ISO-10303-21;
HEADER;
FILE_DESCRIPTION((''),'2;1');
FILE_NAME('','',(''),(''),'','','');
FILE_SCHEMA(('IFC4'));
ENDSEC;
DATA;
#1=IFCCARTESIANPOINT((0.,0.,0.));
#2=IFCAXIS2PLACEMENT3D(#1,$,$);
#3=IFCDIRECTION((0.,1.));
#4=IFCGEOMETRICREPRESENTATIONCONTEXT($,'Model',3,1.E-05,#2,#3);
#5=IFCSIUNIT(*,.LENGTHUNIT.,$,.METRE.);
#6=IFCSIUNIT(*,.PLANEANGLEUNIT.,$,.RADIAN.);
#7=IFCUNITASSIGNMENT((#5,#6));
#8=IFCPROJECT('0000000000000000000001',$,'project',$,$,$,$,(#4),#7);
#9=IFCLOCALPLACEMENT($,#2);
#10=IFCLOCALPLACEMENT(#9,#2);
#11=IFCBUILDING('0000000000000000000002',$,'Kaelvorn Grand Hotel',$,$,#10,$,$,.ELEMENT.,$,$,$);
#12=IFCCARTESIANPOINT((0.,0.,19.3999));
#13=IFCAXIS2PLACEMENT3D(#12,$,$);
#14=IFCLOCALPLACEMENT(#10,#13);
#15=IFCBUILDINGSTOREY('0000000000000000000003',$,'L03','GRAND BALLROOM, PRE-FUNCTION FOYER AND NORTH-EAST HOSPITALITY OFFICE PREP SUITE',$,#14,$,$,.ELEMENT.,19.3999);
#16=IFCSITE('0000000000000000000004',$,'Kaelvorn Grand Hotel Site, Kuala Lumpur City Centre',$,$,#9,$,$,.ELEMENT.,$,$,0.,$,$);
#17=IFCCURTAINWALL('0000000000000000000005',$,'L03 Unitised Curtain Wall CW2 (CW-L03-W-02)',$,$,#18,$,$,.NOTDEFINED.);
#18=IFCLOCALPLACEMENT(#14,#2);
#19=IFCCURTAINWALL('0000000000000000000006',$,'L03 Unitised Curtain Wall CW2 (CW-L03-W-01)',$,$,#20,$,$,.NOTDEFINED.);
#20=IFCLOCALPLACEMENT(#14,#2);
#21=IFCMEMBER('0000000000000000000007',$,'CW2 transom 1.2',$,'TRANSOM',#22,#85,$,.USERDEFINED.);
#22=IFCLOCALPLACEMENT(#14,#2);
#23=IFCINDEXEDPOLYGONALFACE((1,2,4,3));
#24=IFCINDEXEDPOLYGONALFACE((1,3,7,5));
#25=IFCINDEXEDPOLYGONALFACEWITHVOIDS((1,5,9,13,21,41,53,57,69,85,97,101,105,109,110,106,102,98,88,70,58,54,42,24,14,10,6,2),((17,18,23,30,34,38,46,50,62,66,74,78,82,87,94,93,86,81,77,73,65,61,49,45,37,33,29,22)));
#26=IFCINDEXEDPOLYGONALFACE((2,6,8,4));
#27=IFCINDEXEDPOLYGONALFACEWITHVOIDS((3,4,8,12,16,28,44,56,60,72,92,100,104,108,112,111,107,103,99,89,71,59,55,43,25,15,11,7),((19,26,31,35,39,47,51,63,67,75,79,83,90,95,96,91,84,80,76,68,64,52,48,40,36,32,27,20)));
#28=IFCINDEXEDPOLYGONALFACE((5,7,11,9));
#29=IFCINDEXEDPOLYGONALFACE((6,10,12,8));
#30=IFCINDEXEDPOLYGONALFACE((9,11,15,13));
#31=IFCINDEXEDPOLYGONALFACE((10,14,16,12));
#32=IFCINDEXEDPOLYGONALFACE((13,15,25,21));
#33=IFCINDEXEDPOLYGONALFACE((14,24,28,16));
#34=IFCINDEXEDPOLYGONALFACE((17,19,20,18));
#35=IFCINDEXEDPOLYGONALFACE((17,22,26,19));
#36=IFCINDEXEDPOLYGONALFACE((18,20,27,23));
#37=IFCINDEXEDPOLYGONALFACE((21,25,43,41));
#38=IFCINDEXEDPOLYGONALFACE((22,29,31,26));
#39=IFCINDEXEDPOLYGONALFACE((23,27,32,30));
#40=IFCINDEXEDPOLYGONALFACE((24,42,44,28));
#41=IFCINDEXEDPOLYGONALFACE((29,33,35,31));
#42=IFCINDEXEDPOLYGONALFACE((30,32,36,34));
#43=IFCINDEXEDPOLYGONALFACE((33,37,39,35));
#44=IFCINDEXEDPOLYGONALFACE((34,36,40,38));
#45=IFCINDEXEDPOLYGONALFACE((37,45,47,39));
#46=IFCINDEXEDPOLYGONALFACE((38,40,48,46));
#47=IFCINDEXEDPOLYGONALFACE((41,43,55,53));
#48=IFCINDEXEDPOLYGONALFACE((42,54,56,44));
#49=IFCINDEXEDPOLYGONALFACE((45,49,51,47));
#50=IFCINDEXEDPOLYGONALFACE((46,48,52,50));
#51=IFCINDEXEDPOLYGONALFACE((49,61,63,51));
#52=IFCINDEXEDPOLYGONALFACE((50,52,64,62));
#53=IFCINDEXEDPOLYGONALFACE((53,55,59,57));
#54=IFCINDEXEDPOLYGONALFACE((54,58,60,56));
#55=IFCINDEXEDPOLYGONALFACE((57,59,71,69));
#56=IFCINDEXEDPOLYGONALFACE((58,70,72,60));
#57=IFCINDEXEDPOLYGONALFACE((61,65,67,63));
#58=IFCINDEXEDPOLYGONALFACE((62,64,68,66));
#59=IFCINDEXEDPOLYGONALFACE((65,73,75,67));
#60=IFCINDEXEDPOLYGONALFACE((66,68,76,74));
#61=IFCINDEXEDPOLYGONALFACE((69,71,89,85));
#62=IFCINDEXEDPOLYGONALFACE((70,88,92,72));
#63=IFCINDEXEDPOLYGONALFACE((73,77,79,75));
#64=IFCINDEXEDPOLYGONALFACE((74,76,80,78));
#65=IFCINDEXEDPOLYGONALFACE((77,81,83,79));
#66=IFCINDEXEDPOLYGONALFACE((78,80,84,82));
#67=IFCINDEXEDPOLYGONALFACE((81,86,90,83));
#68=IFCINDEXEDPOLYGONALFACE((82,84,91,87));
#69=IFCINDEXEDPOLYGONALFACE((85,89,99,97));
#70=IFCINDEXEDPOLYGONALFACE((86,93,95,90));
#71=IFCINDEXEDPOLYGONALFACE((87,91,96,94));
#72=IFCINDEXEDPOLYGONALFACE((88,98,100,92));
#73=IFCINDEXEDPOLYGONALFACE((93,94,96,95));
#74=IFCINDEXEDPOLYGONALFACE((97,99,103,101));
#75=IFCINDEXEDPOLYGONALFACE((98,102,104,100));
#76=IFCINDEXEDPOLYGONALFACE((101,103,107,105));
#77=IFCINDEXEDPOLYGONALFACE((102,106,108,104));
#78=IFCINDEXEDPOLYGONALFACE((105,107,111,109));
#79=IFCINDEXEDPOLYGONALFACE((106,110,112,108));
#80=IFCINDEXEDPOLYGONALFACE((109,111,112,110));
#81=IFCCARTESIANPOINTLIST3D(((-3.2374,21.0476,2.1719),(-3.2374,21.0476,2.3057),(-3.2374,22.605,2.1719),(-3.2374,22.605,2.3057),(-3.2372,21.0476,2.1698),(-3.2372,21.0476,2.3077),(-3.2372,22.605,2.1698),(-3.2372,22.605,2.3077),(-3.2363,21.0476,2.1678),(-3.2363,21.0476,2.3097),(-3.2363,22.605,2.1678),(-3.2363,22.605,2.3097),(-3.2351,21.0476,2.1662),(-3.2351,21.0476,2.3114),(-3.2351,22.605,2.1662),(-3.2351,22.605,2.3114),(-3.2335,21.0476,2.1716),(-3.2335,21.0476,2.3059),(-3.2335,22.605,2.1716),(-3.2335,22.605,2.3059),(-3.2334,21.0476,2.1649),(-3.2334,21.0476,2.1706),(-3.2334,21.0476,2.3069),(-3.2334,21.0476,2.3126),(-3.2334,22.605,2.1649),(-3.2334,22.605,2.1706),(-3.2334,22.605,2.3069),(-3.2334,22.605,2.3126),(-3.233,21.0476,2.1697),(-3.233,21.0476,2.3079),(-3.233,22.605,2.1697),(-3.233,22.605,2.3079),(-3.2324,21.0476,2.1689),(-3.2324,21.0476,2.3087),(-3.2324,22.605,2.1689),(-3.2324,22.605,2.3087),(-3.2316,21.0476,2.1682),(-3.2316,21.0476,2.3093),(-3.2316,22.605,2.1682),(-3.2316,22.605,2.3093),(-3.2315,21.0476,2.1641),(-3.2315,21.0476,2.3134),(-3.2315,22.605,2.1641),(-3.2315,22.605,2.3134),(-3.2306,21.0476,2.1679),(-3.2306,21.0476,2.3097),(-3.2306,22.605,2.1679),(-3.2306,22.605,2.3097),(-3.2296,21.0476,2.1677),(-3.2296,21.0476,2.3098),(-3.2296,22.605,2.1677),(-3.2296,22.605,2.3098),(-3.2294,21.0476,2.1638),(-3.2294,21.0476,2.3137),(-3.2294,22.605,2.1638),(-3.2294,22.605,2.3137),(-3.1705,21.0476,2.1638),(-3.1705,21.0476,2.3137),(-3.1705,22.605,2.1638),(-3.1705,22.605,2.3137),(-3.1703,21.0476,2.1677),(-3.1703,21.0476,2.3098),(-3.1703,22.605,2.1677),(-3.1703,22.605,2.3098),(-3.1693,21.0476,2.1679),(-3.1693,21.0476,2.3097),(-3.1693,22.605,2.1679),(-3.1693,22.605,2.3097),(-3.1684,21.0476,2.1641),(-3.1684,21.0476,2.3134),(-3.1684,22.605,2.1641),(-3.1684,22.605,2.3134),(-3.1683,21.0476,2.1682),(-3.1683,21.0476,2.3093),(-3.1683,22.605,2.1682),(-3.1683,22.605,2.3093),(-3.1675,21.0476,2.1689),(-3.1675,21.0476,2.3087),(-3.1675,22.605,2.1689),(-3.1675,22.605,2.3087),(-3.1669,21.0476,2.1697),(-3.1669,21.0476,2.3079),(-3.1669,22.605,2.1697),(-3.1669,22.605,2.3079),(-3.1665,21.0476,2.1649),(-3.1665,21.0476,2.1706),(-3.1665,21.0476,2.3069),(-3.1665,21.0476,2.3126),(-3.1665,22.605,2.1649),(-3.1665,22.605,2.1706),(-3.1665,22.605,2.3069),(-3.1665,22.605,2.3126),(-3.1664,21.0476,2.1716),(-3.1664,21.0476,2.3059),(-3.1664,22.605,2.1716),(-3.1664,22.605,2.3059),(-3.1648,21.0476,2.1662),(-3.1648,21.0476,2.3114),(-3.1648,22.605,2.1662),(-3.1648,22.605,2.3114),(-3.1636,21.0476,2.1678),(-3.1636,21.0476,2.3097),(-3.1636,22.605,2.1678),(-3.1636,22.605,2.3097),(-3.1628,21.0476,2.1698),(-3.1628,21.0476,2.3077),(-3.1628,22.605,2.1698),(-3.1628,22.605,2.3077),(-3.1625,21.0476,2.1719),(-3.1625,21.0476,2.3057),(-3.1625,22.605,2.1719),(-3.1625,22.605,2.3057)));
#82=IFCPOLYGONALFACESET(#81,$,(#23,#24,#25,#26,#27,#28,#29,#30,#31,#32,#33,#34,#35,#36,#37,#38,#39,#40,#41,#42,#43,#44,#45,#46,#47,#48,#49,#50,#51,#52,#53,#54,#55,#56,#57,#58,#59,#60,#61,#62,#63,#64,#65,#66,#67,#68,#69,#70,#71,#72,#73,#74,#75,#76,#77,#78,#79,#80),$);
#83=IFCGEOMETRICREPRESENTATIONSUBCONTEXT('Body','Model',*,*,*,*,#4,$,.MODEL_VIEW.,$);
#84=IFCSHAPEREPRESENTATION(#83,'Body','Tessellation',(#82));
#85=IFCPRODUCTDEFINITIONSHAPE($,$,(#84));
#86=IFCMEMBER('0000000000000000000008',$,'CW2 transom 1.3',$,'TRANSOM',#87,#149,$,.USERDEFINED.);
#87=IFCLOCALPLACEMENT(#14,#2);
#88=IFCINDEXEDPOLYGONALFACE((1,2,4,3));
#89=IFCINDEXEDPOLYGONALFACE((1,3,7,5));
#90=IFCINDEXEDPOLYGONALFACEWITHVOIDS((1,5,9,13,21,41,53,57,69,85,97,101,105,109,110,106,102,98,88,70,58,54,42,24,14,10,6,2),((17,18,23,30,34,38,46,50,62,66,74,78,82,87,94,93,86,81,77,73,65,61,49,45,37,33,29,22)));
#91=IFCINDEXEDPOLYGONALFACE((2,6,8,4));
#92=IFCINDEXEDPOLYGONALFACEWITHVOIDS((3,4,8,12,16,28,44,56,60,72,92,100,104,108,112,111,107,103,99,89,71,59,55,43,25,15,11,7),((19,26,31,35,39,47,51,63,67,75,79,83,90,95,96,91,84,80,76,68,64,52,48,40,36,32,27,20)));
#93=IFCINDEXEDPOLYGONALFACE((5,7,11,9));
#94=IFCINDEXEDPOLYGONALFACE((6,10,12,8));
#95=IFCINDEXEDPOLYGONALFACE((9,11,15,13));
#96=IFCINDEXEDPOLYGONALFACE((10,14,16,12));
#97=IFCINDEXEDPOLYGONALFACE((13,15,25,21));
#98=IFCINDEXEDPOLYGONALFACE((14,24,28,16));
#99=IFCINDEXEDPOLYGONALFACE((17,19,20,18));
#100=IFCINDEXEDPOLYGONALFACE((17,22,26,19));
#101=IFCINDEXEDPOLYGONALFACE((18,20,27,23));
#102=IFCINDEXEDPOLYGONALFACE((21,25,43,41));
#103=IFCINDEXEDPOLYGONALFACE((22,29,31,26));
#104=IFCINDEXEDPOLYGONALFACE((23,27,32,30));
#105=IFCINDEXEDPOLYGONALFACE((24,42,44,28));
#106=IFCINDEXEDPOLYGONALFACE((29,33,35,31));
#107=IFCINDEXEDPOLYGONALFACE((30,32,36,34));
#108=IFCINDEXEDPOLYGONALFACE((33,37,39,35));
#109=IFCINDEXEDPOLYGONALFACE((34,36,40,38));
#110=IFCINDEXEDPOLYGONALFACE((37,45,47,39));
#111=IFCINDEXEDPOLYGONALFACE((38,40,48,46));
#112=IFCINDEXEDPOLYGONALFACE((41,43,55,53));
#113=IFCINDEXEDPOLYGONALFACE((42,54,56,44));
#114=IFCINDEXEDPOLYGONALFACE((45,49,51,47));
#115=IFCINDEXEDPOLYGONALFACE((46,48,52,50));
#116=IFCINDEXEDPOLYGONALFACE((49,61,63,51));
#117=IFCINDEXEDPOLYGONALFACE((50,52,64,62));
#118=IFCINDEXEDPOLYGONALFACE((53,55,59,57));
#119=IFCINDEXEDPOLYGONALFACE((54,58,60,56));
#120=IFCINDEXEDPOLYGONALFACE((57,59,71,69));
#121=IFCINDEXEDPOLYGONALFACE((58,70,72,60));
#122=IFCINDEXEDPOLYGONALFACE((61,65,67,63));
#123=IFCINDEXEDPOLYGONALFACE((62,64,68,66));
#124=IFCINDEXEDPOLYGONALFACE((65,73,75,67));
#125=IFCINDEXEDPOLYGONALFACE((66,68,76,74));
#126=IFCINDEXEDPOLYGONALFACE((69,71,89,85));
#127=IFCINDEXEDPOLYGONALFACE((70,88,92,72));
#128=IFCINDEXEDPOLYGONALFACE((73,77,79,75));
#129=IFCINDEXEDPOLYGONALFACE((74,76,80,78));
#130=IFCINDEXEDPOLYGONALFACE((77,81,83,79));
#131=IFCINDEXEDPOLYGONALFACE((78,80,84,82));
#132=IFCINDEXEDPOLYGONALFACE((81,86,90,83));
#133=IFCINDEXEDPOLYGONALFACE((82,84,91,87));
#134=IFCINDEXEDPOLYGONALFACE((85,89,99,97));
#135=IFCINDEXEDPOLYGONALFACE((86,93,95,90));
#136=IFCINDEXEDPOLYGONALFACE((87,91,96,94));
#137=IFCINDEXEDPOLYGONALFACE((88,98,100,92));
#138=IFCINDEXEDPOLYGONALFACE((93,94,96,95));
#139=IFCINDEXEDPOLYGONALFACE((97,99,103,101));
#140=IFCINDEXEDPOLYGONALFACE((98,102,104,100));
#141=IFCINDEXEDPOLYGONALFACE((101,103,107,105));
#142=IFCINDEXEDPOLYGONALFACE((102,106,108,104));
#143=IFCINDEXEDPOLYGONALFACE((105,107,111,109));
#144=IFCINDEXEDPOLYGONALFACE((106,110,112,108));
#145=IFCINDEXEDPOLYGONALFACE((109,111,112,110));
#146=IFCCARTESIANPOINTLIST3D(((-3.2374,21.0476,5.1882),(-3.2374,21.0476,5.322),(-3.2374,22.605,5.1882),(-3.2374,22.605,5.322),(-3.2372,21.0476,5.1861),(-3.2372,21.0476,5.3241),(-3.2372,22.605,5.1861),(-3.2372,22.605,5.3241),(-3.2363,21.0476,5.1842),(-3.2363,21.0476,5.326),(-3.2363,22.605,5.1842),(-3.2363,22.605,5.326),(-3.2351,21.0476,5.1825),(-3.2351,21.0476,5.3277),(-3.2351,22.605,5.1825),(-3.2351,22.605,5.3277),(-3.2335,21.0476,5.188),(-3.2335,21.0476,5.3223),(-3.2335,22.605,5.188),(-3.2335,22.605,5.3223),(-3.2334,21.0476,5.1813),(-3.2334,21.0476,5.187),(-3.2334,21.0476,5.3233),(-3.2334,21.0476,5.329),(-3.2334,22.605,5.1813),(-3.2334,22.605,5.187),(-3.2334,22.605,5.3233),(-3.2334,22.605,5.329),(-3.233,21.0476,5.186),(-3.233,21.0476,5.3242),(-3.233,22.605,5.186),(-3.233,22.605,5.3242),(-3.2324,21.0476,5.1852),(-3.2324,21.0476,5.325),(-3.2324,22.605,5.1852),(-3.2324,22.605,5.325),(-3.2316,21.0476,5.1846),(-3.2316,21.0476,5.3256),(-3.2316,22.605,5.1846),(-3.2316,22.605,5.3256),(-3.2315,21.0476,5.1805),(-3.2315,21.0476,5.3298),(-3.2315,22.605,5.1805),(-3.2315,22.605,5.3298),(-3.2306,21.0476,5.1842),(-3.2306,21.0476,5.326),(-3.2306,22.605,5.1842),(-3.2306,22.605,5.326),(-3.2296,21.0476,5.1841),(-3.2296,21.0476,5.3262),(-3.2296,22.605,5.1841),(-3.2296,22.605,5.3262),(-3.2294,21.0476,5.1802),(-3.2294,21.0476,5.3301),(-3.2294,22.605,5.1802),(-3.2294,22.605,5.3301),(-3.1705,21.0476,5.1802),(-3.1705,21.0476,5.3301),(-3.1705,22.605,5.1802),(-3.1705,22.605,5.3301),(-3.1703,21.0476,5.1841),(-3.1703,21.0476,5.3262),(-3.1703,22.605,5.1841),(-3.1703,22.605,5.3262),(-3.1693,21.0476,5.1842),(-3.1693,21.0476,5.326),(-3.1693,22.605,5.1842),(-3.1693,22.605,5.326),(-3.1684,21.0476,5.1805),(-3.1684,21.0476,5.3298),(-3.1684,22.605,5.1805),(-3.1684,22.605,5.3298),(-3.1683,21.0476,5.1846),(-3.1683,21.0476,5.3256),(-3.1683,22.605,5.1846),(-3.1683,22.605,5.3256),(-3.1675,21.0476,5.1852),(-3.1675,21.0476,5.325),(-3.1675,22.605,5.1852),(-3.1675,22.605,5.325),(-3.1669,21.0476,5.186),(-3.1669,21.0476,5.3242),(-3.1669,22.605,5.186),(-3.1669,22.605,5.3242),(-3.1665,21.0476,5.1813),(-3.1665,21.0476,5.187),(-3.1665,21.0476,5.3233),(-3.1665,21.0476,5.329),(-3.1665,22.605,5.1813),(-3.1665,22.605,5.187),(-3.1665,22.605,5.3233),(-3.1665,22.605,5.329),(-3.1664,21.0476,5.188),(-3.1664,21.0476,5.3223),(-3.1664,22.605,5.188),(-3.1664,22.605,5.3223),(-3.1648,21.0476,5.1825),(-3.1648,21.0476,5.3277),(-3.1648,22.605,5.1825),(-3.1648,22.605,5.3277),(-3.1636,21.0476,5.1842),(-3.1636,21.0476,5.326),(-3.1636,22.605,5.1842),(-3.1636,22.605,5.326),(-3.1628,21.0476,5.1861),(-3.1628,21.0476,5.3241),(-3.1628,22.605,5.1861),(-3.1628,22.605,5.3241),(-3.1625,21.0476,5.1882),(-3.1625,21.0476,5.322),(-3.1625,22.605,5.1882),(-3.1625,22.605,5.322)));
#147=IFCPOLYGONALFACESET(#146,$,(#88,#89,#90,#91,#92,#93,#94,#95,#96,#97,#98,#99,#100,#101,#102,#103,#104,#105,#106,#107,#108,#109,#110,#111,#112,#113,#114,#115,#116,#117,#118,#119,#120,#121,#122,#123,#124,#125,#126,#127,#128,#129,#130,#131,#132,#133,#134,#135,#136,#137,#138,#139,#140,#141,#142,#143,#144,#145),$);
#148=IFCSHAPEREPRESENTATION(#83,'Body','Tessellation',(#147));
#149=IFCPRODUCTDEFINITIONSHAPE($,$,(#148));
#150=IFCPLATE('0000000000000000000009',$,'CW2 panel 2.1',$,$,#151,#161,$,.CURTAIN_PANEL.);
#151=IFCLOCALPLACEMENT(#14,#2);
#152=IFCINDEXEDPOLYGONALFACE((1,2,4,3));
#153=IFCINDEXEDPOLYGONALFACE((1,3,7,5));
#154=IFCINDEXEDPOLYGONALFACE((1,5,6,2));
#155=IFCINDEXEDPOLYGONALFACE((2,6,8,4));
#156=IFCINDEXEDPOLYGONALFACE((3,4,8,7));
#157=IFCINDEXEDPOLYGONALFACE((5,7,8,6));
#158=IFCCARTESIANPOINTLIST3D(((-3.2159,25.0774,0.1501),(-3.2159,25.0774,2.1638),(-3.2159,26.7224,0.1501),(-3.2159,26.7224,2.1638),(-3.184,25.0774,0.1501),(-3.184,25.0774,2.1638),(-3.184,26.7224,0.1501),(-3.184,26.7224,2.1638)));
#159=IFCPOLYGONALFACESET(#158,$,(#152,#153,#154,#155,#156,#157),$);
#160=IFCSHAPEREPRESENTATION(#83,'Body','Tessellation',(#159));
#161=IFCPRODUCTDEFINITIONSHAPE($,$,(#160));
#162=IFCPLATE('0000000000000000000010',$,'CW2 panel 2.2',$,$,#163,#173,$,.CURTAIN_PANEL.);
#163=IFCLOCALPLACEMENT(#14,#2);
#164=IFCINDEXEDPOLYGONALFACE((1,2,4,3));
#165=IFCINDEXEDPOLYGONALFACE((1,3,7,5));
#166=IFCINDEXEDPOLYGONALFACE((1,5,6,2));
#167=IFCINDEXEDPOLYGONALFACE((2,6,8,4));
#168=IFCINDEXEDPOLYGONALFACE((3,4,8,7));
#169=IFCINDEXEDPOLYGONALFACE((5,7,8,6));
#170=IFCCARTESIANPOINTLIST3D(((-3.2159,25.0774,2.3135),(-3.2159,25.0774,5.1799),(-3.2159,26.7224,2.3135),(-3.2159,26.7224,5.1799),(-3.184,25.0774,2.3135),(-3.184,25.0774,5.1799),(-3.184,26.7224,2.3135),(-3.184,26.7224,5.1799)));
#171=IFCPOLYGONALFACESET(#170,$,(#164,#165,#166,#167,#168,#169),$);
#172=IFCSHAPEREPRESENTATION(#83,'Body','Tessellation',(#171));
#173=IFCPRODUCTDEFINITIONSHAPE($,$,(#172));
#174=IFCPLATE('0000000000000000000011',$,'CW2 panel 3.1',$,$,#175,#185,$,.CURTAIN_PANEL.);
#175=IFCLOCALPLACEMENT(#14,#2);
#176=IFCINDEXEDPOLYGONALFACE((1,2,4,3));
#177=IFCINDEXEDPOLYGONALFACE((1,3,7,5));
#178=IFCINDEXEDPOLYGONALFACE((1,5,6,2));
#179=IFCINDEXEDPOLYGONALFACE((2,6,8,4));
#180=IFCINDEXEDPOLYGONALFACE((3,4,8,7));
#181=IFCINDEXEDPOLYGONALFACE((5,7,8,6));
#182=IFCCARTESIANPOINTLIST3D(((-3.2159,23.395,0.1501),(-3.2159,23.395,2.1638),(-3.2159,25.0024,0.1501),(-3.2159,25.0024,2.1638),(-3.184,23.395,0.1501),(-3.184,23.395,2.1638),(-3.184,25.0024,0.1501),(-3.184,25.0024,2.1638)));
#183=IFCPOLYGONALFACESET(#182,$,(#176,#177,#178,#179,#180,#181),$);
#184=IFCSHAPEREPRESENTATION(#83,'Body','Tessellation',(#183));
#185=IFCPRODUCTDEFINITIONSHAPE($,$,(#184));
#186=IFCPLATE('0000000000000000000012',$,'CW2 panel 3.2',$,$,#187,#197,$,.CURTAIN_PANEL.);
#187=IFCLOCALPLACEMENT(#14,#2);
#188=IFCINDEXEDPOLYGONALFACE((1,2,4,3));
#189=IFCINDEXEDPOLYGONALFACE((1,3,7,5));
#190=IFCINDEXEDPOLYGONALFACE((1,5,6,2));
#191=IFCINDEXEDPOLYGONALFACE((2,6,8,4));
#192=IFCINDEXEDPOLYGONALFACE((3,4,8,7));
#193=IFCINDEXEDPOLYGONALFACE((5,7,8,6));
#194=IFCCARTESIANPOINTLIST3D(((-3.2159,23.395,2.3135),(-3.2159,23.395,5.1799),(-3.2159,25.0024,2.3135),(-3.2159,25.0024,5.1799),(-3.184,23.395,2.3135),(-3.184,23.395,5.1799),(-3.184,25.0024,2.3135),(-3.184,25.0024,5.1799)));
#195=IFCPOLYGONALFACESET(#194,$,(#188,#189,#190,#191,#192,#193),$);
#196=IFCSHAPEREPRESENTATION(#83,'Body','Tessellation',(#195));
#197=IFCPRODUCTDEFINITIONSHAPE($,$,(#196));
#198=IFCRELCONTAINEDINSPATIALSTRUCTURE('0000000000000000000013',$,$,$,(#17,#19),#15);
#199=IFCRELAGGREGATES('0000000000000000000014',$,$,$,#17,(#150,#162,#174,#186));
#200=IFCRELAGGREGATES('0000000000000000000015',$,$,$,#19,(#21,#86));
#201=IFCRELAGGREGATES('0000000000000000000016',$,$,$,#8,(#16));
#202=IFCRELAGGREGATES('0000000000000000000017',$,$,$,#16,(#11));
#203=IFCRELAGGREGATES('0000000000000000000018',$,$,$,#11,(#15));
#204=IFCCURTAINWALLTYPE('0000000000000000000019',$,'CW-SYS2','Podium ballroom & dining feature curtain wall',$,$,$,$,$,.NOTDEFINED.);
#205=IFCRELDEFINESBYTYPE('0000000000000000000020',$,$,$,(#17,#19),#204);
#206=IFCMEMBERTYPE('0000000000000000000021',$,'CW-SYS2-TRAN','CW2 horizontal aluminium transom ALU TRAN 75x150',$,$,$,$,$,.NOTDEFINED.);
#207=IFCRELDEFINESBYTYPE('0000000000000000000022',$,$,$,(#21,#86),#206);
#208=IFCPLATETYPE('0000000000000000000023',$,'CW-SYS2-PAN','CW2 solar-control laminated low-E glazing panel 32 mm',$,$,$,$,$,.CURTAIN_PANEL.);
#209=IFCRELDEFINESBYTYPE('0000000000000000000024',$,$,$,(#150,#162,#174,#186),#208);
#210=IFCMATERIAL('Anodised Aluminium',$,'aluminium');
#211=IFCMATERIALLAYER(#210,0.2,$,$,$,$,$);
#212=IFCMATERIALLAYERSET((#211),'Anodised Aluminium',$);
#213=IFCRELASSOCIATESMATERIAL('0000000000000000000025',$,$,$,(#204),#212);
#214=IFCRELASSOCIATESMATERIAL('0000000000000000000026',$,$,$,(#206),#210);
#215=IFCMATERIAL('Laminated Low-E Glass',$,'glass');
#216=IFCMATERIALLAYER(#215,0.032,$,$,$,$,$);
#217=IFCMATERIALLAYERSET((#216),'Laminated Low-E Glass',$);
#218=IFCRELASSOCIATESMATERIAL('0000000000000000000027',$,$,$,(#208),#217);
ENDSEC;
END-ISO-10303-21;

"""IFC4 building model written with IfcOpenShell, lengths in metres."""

from ifc_helpers import new_model, si_unit, direction, frame, origin, origin_2d, place, context, subcontext, project, spatial, rectangle, hollow_rectangle, extrude, material, layer, layer_set, material_profile, profile_set, type_object, element, aggregate, save


model = new_model("IFC4")

# Units and contexts
model_context = context("Model", 3, precision=1e-05, world=origin(), true_north=direction((0.0, 1.0)))
body_context = subcontext(model_context, "Body", "Model", "MODEL_VIEW")
ifc_project = project(units=[si_unit("LENGTHUNIT", "METRE"), si_unit("PLANEANGLEUNIT", "RADIAN")], contexts=[model_context])

# Site, building, storey
site_placement = place(None, origin())
site = spatial("IfcSite", under=ifc_project, at=site_placement, Name="Kaelvorn Grand Hotel Site, Kuala Lumpur City Centre", CompositionType="ELEMENT", RefElevation=0.0)
building_placement = place(site_placement, origin())
building = spatial("IfcBuilding", under=site, at=building_placement, Name="Kaelvorn Grand Hotel", CompositionType="ELEMENT")
storey_placement = place(building_placement, frame((0.0, 0.0, 19.3999)))
storey = spatial("IfcBuildingStorey", under=building, at=storey_placement, Name="L03", Description="GRAND BALLROOM, PRE-FUNCTION FOYER AND NORTH-EAST HOSPITALITY OFFICE PREP SUITE", CompositionType="ELEMENT", Elevation=19.3999)

# Curtain wall
ifc_material_1 = material(Name="Anodised Aluminium", Category="aluminium")
ifc_layer_1 = layer(ifc_material_1, 0.2)
ifc_layer_set_1 = layer_set([ifc_layer_1], Name="Anodised Aluminium")
curtain_wall_type = type_object("IfcCurtainWallType", Name="CW-SYS2", Description="Podium ballroom & dining feature curtain wall", PredefinedType="NOTDEFINED", material=ifc_layer_set_1)
curtain_wall_1_placement = place(storey_placement, origin())
curtain_wall_1 = element("IfcCurtainWall", 1, at=curtain_wall_1_placement, inside=storey, type_object=curtain_wall_type, Name="L03 Unitised Curtain Wall CW2 (CW-L03-W-02)", PredefinedType="NOTDEFINED")

# Curtain wall
curtain_wall_2_placement = place(storey_placement, origin())
curtain_wall_2 = element("IfcCurtainWall", 2, at=curtain_wall_2_placement, inside=storey, type_object=curtain_wall_type, Name="L03 Unitised Curtain Wall CW2 (CW-L03-W-01)", PredefinedType="NOTDEFINED")

# Members
ifc_material_profile_1 = material_profile(ifc_material_1, hollow_rectangle(XDim=0.075, YDim=0.1499, WallThickness=0.0039, InnerFilletRadius=0.0039, OuterFilletRadius=0.0081, at=origin_2d()), Name="ALU TRAN 75x150")
ifc_profile_set_1 = profile_set([ifc_material_profile_1], Name="Anodised Aluminium")
member_type_1 = type_object("IfcMemberType", Name="CW-SYS2-TRAN", Description="CW2 horizontal aluminium transom ALU TRAN 75x150", PredefinedType="NOTDEFINED", material=ifc_profile_set_1)
member_1_placement = place(storey_placement, frame((-3.2, 22.605, 2.2388), z_axis=(0.0, -1.0, 0.0), x_axis=(1.0, 0.0, 0.0)))
member_1 = element("IfcMember", 3, at=member_1_placement, type_object=member_type_1, Name="CW2 transom 1.2", ObjectType="TRANSOM", PredefinedType="USERDEFINED", context=body_context, shape_type="SweptSolid", body=[
    extrude(hollow_rectangle(XDim=0.075, YDim=0.1499, WallThickness=0.0039, InnerFilletRadius=0.0039, OuterFilletRadius=0.0081, at=origin_2d()), origin(), (0.0, 0.0, 1.0), 1.5574),
])
member_2_placement = place(storey_placement, frame((-3.2, 22.605, 5.2551), z_axis=(0.0, -1.0, 0.0), x_axis=(1.0, 0.0, 0.0)))
member_2 = element("IfcMember", 4, at=member_2_placement, type_object=member_type_1, Name="CW2 transom 1.3", ObjectType="TRANSOM", PredefinedType="USERDEFINED", context=body_context, shape_type="SweptSolid", body=[
    extrude(hollow_rectangle(XDim=0.075, YDim=0.1499, WallThickness=0.0039, InnerFilletRadius=0.0039, OuterFilletRadius=0.0081, at=origin_2d()), origin(), (0.0, 0.0, 1.0), 1.5574),
])

# Plates
ifc_material_2 = material(Name="Laminated Low-E Glass", Category="glass")
ifc_layer_2 = layer(ifc_material_2, 0.032)
ifc_layer_set_2 = layer_set([ifc_layer_2], Name="Laminated Low-E Glass")
plate_type = type_object("IfcPlateType", Name="CW-SYS2-PAN", Description="CW2 solar-control laminated low-E glazing panel 32 mm", PredefinedType="CURTAIN_PANEL", material=ifc_layer_set_2)
plate_1_placement = place(storey_placement, frame((-3.2, 25.8999, 0.1501), z_axis=(0.0, 0.0, 1.0), x_axis=(0.0, -1.0, 0.0)))
plate_1 = element("IfcPlate", 5, at=plate_1_placement, type_object=plate_type, Name="CW2 panel 2.1", PredefinedType="CURTAIN_PANEL", context=body_context, shape_type="SweptSolid", body=[
    extrude(rectangle(XDim=1.645, YDim=0.032, at=origin_2d()), origin(), (0.0, 0.0, 1.0), 2.0137),
])
plate_2_placement = place(storey_placement, frame((-3.2, 25.8999, 2.3135), z_axis=(0.0, 0.0, 1.0), x_axis=(0.0, -1.0, 0.0)))
plate_2 = element("IfcPlate", 6, at=plate_2_placement, type_object=plate_type, Name="CW2 panel 2.2", PredefinedType="CURTAIN_PANEL", context=body_context, shape_type="SweptSolid", body=[
    extrude(rectangle(XDim=1.645, YDim=0.032, at=origin_2d()), origin(), (0.0, 0.0, 1.0), 2.8665),
])
plate_3_placement = place(storey_placement, frame((-3.2, 24.1987, 0.1501), z_axis=(0.0, 0.0, 1.0), x_axis=(0.0, -1.0, 0.0)))
plate_3 = element("IfcPlate", 7, at=plate_3_placement, type_object=plate_type, Name="CW2 panel 3.1", PredefinedType="CURTAIN_PANEL", context=body_context, shape_type="SweptSolid", body=[
    extrude(rectangle(XDim=1.6074, YDim=0.032, at=origin_2d()), origin(), (0.0, 0.0, 1.0), 2.0137),
])
plate_4_placement = place(storey_placement, frame((-3.2, 24.1987, 2.3135), z_axis=(0.0, 0.0, 1.0), x_axis=(0.0, -1.0, 0.0)))
plate_4 = element("IfcPlate", 8, at=plate_4_placement, type_object=plate_type, Name="CW2 panel 3.2", PredefinedType="CURTAIN_PANEL", context=body_context, shape_type="SweptSolid", body=[
    extrude(rectangle(XDim=1.6074, YDim=0.032, at=origin_2d()), origin(), (0.0, 0.0, 1.0), 2.8665),
])
aggregate(curtain_wall_1, [plate_1, plate_2, plate_3, plate_4])
aggregate(curtain_wall_2, [member_1, member_2])

save(model, "model.ifc")
